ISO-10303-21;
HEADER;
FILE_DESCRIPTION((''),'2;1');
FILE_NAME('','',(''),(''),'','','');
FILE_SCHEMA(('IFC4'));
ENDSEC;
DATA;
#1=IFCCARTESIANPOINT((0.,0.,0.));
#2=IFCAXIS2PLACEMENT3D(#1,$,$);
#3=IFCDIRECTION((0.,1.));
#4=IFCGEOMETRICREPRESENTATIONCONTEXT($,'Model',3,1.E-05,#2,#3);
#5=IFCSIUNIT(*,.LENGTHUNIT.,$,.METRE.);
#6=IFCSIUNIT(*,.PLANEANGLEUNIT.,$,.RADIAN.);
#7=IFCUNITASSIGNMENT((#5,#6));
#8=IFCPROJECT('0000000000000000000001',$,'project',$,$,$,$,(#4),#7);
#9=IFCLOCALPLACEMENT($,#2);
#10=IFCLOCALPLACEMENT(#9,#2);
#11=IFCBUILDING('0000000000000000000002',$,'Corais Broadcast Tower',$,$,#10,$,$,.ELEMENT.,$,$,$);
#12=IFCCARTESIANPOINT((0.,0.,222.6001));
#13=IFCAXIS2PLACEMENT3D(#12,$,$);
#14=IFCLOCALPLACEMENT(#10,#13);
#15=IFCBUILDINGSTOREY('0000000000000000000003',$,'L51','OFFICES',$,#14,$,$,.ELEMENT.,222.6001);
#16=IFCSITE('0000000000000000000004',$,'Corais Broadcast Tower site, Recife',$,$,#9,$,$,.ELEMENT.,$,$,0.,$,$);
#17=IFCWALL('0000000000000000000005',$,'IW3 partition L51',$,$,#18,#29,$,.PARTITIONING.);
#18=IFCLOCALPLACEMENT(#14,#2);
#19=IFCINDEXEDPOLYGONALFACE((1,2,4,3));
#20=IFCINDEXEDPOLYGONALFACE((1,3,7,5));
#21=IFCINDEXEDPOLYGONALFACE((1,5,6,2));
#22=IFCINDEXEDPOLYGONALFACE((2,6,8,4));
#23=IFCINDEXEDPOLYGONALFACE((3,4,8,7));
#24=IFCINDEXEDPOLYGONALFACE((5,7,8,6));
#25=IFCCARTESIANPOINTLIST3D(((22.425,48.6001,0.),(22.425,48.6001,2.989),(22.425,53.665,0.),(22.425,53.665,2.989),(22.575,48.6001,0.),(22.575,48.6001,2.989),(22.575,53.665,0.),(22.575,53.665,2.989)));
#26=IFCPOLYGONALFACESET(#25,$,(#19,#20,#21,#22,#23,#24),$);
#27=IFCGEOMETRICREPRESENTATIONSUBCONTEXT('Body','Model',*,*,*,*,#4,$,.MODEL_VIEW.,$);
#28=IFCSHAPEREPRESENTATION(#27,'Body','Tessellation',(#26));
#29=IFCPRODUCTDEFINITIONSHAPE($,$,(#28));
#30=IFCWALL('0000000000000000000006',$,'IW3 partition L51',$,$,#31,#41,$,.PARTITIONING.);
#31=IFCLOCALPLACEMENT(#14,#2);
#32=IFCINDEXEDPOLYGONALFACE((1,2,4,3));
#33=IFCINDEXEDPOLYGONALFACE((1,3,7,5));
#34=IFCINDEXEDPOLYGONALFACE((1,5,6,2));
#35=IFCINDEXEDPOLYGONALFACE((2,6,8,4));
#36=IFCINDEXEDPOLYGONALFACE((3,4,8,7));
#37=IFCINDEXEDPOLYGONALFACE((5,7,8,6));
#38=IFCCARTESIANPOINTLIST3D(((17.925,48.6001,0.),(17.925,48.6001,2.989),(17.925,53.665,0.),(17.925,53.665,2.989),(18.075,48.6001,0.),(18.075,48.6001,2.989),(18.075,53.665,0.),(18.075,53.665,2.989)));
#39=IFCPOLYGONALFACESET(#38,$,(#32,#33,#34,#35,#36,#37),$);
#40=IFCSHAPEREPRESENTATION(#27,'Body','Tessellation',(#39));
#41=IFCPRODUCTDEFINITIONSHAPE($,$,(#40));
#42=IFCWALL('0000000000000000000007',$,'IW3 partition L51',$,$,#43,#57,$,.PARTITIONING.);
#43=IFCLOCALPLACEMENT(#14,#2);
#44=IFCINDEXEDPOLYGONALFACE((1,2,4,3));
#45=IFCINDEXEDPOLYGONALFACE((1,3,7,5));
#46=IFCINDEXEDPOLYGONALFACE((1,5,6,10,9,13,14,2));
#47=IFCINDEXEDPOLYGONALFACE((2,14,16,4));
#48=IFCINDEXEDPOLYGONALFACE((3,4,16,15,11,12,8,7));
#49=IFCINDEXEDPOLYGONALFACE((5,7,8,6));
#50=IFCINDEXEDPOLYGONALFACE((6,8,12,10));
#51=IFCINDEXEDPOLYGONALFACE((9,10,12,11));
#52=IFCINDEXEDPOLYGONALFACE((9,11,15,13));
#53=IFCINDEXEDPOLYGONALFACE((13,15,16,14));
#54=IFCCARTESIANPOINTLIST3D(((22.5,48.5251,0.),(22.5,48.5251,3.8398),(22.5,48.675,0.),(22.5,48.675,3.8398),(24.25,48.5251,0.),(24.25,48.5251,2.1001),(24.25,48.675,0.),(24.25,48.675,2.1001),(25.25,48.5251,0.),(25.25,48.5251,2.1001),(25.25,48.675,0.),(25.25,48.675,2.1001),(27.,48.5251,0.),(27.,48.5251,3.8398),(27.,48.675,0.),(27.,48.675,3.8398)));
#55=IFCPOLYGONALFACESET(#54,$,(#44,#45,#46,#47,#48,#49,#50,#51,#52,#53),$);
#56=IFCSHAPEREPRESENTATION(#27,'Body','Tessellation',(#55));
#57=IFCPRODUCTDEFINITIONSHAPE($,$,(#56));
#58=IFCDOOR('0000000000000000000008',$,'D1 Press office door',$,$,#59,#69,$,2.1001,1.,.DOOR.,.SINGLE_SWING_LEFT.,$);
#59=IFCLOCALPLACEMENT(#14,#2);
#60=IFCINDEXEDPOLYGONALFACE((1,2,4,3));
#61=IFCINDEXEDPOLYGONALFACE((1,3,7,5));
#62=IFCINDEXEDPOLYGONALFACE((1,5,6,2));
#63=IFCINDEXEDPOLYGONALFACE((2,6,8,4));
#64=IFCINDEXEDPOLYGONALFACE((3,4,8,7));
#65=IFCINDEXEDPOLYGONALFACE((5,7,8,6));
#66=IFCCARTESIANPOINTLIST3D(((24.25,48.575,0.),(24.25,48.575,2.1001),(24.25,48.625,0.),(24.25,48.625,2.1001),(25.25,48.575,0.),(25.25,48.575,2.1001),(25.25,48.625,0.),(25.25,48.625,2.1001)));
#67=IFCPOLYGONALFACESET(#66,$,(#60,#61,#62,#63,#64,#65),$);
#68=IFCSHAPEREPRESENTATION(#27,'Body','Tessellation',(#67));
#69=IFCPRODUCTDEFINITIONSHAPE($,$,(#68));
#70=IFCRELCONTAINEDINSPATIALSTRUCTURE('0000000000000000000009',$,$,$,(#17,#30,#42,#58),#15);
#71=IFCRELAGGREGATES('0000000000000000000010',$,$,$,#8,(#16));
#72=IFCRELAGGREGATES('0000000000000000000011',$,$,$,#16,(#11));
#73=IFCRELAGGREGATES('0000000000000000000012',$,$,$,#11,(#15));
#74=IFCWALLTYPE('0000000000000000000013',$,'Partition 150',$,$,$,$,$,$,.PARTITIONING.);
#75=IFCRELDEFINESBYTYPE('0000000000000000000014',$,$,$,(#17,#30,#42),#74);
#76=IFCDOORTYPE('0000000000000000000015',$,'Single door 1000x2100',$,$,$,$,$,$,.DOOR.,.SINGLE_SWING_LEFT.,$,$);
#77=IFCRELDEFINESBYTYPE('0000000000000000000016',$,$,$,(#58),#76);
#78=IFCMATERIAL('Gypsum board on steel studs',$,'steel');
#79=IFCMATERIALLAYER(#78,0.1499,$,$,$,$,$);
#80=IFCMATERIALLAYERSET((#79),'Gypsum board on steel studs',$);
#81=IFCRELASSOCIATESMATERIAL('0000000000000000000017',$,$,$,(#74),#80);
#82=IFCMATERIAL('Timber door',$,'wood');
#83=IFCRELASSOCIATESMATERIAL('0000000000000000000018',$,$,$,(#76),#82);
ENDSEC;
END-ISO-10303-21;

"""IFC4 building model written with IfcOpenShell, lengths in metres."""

from ifc_helpers import new_model, si_unit, direction, frame, frame_2d, origin, place, context, subcontext, project, spatial, rectangle, extrude, material, layer, layer_set, type_object, element, fill, save


model = new_model("IFC4")

# Units and contexts
model_context = context("Model", 3, precision=1e-05, world=origin(), true_north=direction((0.0, 1.0)))
body_context = subcontext(model_context, "Body", "Model", "MODEL_VIEW")
ifc_project = project(units=[si_unit("LENGTHUNIT", "METRE"), si_unit("PLANEANGLEUNIT", "RADIAN")], contexts=[model_context])

# Site, building, storey
site_placement = place(None, origin())
site = spatial("IfcSite", under=ifc_project, at=site_placement, Name="Corais Broadcast Tower site, Recife", CompositionType="ELEMENT", RefElevation=0.0)
building_placement = place(site_placement, origin())
building = spatial("IfcBuilding", under=site, at=building_placement, Name="Corais Broadcast Tower", CompositionType="ELEMENT")
storey_placement = place(building_placement, frame((0.0, 0.0, 222.6001)))
storey = spatial("IfcBuildingStorey", under=building, at=storey_placement, Name="L51", Description="OFFICES", CompositionType="ELEMENT", Elevation=222.6001)

# Shared definitions
ifc_material_1 = material(Name="Gypsum board on steel studs", Category="steel")
ifc_layer_1 = layer(ifc_material_1, 0.1499)
ifc_layer_set_1 = layer_set([ifc_layer_1], Name="Gypsum board on steel studs")
wall_type = type_object("IfcWallType", Name="Partition 150", PredefinedType="PARTITIONING", material=ifc_layer_set_1)
ifc_material_2 = material(Name="Timber door", Category="wood")
door_type = type_object("IfcDoorType", Name="Single door 1000x2100", OperationType="SINGLE_SWING_LEFT", PredefinedType="DOOR", material=ifc_material_2)

# Walls
for number, where, z_axis, x_axis, name in (
    (1, (22.5, 48.6001, 0.0), (0.0, 0.0, 1.0), (0.0, 1.0, 0.0), "IW3 partition L51"),
    (2, (18.0, 53.665, 0.0), (0.0, 0.0, 1.0), (0.0, -1.0, 0.0), "IW3 partition L51"),
):
    element("IfcWall", number, at=place(storey_placement, frame(where, z_axis=z_axis, x_axis=x_axis)), inside=storey, type_object=wall_type, Name=name, PredefinedType="PARTITIONING", context=body_context, shape_type="SweptSolid", body=[
        extrude(rectangle(XDim=5.0649, YDim=0.1499, at=frame_2d((2.5325, 0.0))), origin(), (0.0, 0.0, 1.0), 2.989),
    ])

# Wall, opening, door
wall_1_placement = place(storey_placement, frame((22.5, 48.6001, 0.0), z_axis=(0.0, 0.0, 1.0), x_axis=(1.0, 0.0, 0.0)))
wall_1 = element("IfcWall", 3, at=wall_1_placement, inside=storey, type_object=wall_type, Name="IW3 partition L51", PredefinedType="PARTITIONING", context=body_context, shape_type="SweptSolid", body=[
    extrude(rectangle(XDim=4.5, YDim=0.1499, at=frame_2d((2.25, 0.0))), origin(), (0.0, 0.0, 1.0), 3.8398),
])
opening_1_placement = place(wall_1_placement, frame((1.75, 0.0, 0.0)))
opening_1 = element("IfcOpeningElement", 4, at=opening_1_placement, cuts=wall_1, PredefinedType="OPENING", context=body_context, shape_type="SweptSolid", body=[
    extrude(rectangle(XDim=1.0, YDim=2.1001, at=frame_2d((0.5, 1.05))), frame((0.0, 0.085, 0.0), z_axis=(0.0, -1.0, 0.0), x_axis=(1.0, 0.0, 0.0)), (0.0, 0.0, 1.0), 0.1699),
])
door_1_placement = place(opening_1_placement, origin())
door_1 = element("IfcDoor", 5, at=door_1_placement, inside=storey, type_object=door_type, Name="D1 Press office door", OperationType="SINGLE_SWING_LEFT", OverallHeight=2.1001, OverallWidth=1.0, PredefinedType="DOOR", context=body_context, shape_type="SweptSolid", body=[
    extrude(rectangle(XDim=1.0, YDim=2.1001, at=frame_2d((0.5, 1.05))), frame((0.0, 0.0249, 0.0), z_axis=(0.0, -1.0, 0.0), x_axis=(1.0, 0.0, 0.0)), (0.0, 0.0, 1.0), 0.05),
])
fill(opening_1, door_1)

save(model, "model.ifc")
